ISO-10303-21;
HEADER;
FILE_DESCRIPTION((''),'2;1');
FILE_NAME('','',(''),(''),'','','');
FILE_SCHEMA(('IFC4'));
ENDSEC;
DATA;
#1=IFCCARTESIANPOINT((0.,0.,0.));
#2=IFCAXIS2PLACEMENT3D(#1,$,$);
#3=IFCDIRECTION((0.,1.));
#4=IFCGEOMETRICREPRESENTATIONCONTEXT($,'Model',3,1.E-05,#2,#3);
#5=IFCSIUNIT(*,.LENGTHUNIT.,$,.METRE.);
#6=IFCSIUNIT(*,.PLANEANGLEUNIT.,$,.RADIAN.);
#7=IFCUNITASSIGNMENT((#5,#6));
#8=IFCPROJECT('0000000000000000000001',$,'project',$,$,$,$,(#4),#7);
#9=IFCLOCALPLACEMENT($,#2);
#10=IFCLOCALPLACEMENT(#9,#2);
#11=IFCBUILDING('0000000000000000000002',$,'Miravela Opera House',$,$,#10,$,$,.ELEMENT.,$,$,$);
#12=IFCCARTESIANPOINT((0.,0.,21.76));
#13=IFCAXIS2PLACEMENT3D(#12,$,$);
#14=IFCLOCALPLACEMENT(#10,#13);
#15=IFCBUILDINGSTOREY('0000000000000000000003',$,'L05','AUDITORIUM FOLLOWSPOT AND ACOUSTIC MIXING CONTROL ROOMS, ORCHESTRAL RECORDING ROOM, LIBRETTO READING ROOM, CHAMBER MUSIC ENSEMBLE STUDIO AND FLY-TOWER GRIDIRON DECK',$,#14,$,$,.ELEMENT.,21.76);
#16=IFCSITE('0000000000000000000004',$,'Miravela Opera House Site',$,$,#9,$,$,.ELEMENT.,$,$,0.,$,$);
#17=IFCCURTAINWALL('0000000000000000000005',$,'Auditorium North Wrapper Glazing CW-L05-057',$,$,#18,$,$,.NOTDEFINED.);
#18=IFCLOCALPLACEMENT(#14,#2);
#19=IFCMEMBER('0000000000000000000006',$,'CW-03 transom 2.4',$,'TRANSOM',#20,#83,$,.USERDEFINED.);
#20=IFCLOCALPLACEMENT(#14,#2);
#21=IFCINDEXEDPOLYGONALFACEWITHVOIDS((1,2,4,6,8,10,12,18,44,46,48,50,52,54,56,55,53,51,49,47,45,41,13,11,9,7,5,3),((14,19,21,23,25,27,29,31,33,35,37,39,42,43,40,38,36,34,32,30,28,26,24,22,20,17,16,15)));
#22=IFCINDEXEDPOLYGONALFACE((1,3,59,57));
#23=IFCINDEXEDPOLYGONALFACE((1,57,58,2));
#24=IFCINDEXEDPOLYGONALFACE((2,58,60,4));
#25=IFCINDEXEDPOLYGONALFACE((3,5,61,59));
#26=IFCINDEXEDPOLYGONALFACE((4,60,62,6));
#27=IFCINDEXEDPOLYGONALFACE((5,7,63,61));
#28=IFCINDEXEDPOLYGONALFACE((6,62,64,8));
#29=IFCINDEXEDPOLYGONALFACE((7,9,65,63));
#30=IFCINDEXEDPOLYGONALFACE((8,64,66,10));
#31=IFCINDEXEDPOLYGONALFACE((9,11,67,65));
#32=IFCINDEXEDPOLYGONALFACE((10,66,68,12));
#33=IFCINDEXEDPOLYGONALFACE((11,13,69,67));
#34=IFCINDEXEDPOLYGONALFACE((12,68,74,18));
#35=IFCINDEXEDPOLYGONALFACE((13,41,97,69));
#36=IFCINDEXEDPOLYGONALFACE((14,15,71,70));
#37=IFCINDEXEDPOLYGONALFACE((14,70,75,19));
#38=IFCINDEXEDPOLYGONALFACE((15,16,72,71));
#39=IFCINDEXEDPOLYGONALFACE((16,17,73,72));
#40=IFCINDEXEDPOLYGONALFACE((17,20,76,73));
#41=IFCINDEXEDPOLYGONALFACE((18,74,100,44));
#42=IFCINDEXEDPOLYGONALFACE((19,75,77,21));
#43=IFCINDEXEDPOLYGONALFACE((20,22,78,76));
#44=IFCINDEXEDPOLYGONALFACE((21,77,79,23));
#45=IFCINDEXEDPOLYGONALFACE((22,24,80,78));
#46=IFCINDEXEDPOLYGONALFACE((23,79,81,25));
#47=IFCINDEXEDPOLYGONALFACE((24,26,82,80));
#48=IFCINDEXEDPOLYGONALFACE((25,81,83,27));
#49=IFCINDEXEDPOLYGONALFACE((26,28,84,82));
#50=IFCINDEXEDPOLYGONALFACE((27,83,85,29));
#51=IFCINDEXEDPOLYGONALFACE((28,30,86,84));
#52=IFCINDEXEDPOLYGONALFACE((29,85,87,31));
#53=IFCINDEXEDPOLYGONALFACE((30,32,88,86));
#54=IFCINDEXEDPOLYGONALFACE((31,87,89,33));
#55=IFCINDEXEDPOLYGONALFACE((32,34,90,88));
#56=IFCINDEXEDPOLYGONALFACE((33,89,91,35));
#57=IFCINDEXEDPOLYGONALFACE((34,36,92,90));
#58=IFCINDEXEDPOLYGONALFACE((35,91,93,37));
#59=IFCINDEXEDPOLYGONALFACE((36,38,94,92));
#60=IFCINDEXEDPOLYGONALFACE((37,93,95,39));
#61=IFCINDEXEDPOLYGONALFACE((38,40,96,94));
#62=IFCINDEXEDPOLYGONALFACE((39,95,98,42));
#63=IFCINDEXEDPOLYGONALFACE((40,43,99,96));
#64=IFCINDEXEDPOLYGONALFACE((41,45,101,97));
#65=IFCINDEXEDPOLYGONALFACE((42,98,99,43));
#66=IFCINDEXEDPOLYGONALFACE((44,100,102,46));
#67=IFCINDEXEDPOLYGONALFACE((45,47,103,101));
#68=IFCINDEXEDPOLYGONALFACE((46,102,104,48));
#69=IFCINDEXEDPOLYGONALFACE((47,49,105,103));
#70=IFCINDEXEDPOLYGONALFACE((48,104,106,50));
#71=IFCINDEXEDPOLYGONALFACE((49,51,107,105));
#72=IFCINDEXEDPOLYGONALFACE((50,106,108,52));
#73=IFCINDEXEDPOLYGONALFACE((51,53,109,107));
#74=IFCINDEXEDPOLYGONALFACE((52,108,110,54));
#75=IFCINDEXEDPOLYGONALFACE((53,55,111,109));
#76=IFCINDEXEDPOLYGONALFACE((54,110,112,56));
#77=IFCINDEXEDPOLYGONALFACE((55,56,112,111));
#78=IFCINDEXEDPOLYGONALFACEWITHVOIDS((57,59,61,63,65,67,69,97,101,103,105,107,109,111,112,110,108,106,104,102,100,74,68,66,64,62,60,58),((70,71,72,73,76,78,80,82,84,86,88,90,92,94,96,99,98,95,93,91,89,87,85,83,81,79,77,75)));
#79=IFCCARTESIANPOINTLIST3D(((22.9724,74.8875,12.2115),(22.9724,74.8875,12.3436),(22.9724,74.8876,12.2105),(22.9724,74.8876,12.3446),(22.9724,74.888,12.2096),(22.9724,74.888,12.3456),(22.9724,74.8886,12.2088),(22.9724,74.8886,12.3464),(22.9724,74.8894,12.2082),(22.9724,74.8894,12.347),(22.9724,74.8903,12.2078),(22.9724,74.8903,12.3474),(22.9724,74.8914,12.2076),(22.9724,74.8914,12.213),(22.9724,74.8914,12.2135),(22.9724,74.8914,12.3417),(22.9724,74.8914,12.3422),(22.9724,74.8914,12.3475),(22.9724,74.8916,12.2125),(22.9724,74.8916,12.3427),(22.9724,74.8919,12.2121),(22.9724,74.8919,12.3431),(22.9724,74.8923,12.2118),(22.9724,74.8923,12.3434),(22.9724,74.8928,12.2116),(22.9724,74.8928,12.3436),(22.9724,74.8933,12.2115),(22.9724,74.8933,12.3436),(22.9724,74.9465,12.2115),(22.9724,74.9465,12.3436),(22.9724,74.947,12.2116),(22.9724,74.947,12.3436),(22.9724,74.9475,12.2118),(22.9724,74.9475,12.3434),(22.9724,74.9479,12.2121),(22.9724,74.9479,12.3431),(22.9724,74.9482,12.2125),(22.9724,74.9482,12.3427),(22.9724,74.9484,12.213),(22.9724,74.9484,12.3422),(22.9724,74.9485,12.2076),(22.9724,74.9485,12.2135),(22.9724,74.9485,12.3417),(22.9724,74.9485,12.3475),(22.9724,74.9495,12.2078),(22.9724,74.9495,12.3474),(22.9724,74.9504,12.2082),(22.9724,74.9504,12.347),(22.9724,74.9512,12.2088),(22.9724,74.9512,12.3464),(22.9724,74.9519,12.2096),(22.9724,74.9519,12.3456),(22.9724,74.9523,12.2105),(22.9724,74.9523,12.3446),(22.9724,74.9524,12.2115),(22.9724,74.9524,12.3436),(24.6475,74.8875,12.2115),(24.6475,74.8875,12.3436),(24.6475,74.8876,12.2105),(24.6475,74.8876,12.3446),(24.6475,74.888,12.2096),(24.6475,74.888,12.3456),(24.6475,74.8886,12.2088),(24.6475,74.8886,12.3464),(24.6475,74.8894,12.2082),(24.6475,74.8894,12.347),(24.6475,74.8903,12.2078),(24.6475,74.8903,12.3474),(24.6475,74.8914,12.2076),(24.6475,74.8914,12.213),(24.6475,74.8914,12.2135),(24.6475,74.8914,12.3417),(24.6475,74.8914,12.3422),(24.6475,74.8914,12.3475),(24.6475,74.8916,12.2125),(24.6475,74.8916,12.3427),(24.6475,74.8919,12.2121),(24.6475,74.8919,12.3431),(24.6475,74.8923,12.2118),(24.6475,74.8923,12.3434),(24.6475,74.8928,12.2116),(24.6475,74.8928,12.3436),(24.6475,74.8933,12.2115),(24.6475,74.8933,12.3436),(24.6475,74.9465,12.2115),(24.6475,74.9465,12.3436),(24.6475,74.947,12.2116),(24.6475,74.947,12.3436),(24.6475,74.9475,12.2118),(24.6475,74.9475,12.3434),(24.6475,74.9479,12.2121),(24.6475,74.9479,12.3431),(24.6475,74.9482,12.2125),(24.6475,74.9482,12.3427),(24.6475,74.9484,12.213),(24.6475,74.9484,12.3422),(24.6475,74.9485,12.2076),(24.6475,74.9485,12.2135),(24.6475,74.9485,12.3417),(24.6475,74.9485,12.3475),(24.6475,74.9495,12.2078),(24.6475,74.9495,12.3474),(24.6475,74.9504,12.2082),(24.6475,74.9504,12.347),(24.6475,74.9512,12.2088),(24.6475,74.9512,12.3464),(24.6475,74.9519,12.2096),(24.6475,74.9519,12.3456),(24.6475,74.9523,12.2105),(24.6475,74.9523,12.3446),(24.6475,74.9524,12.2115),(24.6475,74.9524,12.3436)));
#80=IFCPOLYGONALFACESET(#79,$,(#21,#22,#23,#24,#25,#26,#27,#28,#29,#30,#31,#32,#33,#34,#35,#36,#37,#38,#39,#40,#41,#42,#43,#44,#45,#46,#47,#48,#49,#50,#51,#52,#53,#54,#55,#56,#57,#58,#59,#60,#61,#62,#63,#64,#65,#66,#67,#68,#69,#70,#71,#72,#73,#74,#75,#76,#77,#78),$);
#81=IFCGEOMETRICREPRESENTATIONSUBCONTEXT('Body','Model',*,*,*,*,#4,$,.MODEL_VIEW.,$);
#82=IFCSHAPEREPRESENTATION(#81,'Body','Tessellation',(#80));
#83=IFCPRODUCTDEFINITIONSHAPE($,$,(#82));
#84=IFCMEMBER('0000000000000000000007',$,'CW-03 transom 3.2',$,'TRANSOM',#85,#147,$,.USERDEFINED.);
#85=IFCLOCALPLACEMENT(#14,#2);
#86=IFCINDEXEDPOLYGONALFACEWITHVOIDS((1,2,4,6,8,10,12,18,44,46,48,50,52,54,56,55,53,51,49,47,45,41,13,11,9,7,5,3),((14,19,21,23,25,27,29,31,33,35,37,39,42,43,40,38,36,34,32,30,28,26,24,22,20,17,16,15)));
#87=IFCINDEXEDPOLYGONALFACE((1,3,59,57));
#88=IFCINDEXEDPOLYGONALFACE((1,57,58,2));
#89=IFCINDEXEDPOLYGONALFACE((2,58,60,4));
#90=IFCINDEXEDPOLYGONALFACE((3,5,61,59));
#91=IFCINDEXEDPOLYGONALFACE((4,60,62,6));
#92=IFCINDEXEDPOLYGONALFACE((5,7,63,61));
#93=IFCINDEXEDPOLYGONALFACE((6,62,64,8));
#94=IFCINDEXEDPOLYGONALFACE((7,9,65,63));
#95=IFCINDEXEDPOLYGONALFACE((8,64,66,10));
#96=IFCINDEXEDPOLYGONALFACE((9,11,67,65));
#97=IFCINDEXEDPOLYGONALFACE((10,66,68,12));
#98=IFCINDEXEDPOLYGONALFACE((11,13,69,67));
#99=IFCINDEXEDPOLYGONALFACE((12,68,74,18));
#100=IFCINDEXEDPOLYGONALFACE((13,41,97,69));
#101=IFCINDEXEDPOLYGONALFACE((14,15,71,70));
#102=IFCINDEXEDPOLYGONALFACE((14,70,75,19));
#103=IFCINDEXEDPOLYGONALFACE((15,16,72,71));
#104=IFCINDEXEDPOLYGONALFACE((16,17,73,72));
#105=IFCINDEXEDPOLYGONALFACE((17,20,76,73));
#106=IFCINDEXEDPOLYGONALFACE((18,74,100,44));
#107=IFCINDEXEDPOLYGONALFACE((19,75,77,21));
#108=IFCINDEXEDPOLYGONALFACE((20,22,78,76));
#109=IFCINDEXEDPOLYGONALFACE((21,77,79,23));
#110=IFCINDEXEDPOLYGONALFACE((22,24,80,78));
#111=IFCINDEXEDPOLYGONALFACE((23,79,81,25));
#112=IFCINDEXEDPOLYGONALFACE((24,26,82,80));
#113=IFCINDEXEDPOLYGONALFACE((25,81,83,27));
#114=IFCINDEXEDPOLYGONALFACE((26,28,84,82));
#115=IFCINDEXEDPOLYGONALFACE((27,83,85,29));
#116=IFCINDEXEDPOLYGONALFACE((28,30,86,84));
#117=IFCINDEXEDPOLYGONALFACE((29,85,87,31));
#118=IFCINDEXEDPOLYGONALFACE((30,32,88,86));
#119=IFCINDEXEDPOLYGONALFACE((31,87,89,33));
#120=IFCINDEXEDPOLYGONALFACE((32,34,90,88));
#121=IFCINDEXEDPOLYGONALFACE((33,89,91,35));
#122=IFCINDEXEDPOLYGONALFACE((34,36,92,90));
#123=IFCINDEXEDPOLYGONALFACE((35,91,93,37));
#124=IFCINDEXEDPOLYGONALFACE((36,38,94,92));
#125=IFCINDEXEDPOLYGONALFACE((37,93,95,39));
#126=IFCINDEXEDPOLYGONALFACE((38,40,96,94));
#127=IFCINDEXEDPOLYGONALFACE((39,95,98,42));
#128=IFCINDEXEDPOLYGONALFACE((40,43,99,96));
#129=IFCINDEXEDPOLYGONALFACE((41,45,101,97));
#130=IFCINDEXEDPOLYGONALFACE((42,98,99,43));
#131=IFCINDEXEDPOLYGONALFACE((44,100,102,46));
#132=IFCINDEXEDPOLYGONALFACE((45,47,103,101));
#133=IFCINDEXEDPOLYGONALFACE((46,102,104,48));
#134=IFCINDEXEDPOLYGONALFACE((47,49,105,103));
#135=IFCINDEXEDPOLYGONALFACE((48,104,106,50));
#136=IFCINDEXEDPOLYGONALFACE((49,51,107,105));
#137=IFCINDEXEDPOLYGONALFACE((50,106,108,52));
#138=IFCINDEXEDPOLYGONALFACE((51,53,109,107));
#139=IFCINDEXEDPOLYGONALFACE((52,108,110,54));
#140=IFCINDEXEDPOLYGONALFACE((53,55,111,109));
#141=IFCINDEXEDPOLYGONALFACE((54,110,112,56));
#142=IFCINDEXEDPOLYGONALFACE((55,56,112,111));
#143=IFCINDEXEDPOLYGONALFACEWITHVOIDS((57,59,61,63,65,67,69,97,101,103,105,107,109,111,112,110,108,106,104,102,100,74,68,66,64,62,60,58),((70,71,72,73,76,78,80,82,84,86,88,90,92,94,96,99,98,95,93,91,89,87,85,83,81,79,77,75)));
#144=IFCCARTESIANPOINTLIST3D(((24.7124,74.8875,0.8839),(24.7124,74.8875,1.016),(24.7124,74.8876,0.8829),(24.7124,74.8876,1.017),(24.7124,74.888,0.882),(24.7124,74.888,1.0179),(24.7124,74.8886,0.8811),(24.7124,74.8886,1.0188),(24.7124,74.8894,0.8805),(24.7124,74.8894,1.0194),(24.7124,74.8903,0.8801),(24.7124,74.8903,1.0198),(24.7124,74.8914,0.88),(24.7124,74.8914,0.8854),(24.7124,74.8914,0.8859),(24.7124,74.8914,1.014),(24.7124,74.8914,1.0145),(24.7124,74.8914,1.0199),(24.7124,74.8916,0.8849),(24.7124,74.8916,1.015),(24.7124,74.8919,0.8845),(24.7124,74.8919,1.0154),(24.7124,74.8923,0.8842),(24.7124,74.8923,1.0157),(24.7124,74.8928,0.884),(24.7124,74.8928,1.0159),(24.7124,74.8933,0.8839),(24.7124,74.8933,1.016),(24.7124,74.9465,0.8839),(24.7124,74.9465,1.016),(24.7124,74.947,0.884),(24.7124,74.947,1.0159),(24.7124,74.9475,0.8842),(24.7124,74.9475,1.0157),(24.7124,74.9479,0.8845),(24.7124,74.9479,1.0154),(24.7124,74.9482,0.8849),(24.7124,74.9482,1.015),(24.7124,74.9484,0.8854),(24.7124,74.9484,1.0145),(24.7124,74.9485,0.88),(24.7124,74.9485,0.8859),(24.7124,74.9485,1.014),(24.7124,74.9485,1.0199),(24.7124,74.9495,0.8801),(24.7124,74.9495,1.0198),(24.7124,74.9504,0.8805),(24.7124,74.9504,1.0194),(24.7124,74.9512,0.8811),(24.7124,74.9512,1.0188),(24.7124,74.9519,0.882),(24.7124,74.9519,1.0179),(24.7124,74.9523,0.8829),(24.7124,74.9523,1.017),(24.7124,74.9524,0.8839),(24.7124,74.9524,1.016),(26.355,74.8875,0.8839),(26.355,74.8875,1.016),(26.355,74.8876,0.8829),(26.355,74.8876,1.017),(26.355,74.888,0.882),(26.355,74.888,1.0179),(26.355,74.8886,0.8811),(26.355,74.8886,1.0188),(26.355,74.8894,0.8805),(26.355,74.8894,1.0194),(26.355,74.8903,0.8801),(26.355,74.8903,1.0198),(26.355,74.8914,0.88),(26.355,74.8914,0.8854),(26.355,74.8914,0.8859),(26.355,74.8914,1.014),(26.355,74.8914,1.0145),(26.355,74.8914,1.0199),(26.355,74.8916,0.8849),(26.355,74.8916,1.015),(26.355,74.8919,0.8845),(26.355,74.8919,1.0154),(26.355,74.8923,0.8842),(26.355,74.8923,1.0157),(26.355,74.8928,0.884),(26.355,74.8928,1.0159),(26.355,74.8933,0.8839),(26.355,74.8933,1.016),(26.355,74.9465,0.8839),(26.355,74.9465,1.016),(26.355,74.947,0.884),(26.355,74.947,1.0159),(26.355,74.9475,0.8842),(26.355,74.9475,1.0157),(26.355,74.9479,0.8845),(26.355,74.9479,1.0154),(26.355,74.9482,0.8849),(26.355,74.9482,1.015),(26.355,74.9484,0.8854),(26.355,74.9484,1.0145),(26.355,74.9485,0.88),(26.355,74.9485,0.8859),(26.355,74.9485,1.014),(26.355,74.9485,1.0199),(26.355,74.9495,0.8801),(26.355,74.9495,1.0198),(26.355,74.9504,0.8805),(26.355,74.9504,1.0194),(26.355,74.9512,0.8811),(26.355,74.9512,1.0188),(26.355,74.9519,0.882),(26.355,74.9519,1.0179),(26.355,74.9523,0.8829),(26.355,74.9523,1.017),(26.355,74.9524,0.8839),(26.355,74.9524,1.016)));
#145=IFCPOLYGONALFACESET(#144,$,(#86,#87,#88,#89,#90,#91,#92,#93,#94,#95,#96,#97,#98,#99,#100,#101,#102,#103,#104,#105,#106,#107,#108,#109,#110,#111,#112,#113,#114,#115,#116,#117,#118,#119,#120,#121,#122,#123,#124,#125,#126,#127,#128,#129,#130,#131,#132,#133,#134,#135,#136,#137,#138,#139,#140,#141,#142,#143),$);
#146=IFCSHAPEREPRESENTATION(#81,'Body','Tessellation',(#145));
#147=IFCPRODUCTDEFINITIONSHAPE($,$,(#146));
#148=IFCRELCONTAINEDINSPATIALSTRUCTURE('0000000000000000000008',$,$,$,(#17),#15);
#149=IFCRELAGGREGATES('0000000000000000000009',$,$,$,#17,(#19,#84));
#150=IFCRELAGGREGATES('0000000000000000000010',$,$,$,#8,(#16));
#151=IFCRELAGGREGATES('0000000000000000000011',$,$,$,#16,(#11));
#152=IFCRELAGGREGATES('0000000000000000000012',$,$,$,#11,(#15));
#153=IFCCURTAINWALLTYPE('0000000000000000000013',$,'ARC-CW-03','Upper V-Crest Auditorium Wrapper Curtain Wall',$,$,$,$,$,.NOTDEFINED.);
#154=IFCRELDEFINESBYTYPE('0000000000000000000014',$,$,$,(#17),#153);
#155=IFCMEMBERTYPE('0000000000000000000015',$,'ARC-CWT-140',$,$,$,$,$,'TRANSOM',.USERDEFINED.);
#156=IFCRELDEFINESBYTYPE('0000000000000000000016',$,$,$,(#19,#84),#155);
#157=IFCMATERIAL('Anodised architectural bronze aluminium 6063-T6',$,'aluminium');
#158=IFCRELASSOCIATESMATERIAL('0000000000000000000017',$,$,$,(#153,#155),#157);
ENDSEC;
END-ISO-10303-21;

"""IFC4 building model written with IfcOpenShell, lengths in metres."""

from ifc_helpers import new_model, si_unit, direction, frame, origin, origin_2d, place, context, subcontext, project, spatial, hollow_rectangle, extrude, material, material_profile, profile_set, type_object, element, aggregate, save


model = new_model("IFC4")

# Units and contexts
model_context = context("Model", 3, precision=1e-05, world=origin(), true_north=direction((0.0, 1.0)))
body_context = subcontext(model_context, "Body", "Model", "MODEL_VIEW")
ifc_project = project(units=[si_unit("LENGTHUNIT", "METRE"), si_unit("PLANEANGLEUNIT", "RADIAN")], contexts=[model_context])

# Site, building, storey
site_placement = place(None, origin())
site = spatial("IfcSite", under=ifc_project, at=site_placement, Name="Miravela Opera House Site", CompositionType="ELEMENT", RefElevation=0.0)
building_placement = place(site_placement, origin())
building = spatial("IfcBuilding", under=site, at=building_placement, Name="Miravela Opera House", CompositionType="ELEMENT")
storey_placement = place(building_placement, frame((0.0, 0.0, 21.76)))
storey = spatial("IfcBuildingStorey", under=building, at=storey_placement, Name="L05", Description="AUDITORIUM FOLLOWSPOT AND ACOUSTIC MIXING CONTROL ROOMS, ORCHESTRAL RECORDING ROOM, LIBRETTO READING ROOM, CHAMBER MUSIC ENSEMBLE STUDIO AND FLY-TOWER GRIDIRON DECK", CompositionType="ELEMENT", Elevation=21.76)

# Curtain wall, members
ifc_material_1 = material(Name="Anodised architectural bronze aluminium 6063-T6", Category="aluminium")
curtain_wall_type = type_object("IfcCurtainWallType", Name="ARC-CW-03", Description="Upper V-Crest Auditorium Wrapper Curtain Wall", PredefinedType="NOTDEFINED", material=ifc_material_1)
curtain_wall_1_placement = place(storey_placement, origin())
curtain_wall_1 = element("IfcCurtainWall", 1, at=curtain_wall_1_placement, inside=storey, type_object=curtain_wall_type, Name="Auditorium North Wrapper Glazing CW-L05-057", PredefinedType="NOTDEFINED")
ifc_material_profile = material_profile(ifc_material_1, hollow_rectangle(XDim=0.0649, YDim=0.1399, WallThickness=0.0039, InnerFilletRadius=0.002, OuterFilletRadius=0.0039, at=origin_2d()), Name="CWT-65X140")
ifc_profile_set = profile_set([ifc_material_profile])
member_type = type_object("IfcMemberType", Name="ARC-CWT-140", ElementType="TRANSOM", PredefinedType="USERDEFINED", material=ifc_profile_set)
member_1_placement = place(storey_placement, frame((22.9724, 74.9199, 12.2776), z_axis=(1.0, 0.0, 0.0), x_axis=(0.0, 1.0, 0.0)))
member_1 = element("IfcMember", 2, at=member_1_placement, type_object=member_type, Name="CW-03 transom 2.4", ObjectType="TRANSOM", PredefinedType="USERDEFINED", context=body_context, shape_type="SweptSolid", body=[
    extrude(hollow_rectangle(XDim=0.0649, YDim=0.1399, WallThickness=0.0039, InnerFilletRadius=0.002, OuterFilletRadius=0.0039, at=origin_2d()), origin(), (0.0, 0.0, 1.0), 1.675),
])
member_2_placement = place(storey_placement, frame((24.7124, 74.9199, 0.95), z_axis=(1.0, 0.0, 0.0), x_axis=(0.0, 1.0, 0.0)))
member_2 = element("IfcMember", 3, at=member_2_placement, type_object=member_type, Name="CW-03 transom 3.2", ObjectType="TRANSOM", PredefinedType="USERDEFINED", context=body_context, shape_type="SweptSolid", body=[
    extrude(hollow_rectangle(XDim=0.0649, YDim=0.1399, WallThickness=0.0039, InnerFilletRadius=0.002, OuterFilletRadius=0.0039, at=origin_2d()), origin(), (0.0, 0.0, 1.0), 1.6426),
])

aggregate(curtain_wall_1, [member_1, member_2])

save(model, "model.ifc")
